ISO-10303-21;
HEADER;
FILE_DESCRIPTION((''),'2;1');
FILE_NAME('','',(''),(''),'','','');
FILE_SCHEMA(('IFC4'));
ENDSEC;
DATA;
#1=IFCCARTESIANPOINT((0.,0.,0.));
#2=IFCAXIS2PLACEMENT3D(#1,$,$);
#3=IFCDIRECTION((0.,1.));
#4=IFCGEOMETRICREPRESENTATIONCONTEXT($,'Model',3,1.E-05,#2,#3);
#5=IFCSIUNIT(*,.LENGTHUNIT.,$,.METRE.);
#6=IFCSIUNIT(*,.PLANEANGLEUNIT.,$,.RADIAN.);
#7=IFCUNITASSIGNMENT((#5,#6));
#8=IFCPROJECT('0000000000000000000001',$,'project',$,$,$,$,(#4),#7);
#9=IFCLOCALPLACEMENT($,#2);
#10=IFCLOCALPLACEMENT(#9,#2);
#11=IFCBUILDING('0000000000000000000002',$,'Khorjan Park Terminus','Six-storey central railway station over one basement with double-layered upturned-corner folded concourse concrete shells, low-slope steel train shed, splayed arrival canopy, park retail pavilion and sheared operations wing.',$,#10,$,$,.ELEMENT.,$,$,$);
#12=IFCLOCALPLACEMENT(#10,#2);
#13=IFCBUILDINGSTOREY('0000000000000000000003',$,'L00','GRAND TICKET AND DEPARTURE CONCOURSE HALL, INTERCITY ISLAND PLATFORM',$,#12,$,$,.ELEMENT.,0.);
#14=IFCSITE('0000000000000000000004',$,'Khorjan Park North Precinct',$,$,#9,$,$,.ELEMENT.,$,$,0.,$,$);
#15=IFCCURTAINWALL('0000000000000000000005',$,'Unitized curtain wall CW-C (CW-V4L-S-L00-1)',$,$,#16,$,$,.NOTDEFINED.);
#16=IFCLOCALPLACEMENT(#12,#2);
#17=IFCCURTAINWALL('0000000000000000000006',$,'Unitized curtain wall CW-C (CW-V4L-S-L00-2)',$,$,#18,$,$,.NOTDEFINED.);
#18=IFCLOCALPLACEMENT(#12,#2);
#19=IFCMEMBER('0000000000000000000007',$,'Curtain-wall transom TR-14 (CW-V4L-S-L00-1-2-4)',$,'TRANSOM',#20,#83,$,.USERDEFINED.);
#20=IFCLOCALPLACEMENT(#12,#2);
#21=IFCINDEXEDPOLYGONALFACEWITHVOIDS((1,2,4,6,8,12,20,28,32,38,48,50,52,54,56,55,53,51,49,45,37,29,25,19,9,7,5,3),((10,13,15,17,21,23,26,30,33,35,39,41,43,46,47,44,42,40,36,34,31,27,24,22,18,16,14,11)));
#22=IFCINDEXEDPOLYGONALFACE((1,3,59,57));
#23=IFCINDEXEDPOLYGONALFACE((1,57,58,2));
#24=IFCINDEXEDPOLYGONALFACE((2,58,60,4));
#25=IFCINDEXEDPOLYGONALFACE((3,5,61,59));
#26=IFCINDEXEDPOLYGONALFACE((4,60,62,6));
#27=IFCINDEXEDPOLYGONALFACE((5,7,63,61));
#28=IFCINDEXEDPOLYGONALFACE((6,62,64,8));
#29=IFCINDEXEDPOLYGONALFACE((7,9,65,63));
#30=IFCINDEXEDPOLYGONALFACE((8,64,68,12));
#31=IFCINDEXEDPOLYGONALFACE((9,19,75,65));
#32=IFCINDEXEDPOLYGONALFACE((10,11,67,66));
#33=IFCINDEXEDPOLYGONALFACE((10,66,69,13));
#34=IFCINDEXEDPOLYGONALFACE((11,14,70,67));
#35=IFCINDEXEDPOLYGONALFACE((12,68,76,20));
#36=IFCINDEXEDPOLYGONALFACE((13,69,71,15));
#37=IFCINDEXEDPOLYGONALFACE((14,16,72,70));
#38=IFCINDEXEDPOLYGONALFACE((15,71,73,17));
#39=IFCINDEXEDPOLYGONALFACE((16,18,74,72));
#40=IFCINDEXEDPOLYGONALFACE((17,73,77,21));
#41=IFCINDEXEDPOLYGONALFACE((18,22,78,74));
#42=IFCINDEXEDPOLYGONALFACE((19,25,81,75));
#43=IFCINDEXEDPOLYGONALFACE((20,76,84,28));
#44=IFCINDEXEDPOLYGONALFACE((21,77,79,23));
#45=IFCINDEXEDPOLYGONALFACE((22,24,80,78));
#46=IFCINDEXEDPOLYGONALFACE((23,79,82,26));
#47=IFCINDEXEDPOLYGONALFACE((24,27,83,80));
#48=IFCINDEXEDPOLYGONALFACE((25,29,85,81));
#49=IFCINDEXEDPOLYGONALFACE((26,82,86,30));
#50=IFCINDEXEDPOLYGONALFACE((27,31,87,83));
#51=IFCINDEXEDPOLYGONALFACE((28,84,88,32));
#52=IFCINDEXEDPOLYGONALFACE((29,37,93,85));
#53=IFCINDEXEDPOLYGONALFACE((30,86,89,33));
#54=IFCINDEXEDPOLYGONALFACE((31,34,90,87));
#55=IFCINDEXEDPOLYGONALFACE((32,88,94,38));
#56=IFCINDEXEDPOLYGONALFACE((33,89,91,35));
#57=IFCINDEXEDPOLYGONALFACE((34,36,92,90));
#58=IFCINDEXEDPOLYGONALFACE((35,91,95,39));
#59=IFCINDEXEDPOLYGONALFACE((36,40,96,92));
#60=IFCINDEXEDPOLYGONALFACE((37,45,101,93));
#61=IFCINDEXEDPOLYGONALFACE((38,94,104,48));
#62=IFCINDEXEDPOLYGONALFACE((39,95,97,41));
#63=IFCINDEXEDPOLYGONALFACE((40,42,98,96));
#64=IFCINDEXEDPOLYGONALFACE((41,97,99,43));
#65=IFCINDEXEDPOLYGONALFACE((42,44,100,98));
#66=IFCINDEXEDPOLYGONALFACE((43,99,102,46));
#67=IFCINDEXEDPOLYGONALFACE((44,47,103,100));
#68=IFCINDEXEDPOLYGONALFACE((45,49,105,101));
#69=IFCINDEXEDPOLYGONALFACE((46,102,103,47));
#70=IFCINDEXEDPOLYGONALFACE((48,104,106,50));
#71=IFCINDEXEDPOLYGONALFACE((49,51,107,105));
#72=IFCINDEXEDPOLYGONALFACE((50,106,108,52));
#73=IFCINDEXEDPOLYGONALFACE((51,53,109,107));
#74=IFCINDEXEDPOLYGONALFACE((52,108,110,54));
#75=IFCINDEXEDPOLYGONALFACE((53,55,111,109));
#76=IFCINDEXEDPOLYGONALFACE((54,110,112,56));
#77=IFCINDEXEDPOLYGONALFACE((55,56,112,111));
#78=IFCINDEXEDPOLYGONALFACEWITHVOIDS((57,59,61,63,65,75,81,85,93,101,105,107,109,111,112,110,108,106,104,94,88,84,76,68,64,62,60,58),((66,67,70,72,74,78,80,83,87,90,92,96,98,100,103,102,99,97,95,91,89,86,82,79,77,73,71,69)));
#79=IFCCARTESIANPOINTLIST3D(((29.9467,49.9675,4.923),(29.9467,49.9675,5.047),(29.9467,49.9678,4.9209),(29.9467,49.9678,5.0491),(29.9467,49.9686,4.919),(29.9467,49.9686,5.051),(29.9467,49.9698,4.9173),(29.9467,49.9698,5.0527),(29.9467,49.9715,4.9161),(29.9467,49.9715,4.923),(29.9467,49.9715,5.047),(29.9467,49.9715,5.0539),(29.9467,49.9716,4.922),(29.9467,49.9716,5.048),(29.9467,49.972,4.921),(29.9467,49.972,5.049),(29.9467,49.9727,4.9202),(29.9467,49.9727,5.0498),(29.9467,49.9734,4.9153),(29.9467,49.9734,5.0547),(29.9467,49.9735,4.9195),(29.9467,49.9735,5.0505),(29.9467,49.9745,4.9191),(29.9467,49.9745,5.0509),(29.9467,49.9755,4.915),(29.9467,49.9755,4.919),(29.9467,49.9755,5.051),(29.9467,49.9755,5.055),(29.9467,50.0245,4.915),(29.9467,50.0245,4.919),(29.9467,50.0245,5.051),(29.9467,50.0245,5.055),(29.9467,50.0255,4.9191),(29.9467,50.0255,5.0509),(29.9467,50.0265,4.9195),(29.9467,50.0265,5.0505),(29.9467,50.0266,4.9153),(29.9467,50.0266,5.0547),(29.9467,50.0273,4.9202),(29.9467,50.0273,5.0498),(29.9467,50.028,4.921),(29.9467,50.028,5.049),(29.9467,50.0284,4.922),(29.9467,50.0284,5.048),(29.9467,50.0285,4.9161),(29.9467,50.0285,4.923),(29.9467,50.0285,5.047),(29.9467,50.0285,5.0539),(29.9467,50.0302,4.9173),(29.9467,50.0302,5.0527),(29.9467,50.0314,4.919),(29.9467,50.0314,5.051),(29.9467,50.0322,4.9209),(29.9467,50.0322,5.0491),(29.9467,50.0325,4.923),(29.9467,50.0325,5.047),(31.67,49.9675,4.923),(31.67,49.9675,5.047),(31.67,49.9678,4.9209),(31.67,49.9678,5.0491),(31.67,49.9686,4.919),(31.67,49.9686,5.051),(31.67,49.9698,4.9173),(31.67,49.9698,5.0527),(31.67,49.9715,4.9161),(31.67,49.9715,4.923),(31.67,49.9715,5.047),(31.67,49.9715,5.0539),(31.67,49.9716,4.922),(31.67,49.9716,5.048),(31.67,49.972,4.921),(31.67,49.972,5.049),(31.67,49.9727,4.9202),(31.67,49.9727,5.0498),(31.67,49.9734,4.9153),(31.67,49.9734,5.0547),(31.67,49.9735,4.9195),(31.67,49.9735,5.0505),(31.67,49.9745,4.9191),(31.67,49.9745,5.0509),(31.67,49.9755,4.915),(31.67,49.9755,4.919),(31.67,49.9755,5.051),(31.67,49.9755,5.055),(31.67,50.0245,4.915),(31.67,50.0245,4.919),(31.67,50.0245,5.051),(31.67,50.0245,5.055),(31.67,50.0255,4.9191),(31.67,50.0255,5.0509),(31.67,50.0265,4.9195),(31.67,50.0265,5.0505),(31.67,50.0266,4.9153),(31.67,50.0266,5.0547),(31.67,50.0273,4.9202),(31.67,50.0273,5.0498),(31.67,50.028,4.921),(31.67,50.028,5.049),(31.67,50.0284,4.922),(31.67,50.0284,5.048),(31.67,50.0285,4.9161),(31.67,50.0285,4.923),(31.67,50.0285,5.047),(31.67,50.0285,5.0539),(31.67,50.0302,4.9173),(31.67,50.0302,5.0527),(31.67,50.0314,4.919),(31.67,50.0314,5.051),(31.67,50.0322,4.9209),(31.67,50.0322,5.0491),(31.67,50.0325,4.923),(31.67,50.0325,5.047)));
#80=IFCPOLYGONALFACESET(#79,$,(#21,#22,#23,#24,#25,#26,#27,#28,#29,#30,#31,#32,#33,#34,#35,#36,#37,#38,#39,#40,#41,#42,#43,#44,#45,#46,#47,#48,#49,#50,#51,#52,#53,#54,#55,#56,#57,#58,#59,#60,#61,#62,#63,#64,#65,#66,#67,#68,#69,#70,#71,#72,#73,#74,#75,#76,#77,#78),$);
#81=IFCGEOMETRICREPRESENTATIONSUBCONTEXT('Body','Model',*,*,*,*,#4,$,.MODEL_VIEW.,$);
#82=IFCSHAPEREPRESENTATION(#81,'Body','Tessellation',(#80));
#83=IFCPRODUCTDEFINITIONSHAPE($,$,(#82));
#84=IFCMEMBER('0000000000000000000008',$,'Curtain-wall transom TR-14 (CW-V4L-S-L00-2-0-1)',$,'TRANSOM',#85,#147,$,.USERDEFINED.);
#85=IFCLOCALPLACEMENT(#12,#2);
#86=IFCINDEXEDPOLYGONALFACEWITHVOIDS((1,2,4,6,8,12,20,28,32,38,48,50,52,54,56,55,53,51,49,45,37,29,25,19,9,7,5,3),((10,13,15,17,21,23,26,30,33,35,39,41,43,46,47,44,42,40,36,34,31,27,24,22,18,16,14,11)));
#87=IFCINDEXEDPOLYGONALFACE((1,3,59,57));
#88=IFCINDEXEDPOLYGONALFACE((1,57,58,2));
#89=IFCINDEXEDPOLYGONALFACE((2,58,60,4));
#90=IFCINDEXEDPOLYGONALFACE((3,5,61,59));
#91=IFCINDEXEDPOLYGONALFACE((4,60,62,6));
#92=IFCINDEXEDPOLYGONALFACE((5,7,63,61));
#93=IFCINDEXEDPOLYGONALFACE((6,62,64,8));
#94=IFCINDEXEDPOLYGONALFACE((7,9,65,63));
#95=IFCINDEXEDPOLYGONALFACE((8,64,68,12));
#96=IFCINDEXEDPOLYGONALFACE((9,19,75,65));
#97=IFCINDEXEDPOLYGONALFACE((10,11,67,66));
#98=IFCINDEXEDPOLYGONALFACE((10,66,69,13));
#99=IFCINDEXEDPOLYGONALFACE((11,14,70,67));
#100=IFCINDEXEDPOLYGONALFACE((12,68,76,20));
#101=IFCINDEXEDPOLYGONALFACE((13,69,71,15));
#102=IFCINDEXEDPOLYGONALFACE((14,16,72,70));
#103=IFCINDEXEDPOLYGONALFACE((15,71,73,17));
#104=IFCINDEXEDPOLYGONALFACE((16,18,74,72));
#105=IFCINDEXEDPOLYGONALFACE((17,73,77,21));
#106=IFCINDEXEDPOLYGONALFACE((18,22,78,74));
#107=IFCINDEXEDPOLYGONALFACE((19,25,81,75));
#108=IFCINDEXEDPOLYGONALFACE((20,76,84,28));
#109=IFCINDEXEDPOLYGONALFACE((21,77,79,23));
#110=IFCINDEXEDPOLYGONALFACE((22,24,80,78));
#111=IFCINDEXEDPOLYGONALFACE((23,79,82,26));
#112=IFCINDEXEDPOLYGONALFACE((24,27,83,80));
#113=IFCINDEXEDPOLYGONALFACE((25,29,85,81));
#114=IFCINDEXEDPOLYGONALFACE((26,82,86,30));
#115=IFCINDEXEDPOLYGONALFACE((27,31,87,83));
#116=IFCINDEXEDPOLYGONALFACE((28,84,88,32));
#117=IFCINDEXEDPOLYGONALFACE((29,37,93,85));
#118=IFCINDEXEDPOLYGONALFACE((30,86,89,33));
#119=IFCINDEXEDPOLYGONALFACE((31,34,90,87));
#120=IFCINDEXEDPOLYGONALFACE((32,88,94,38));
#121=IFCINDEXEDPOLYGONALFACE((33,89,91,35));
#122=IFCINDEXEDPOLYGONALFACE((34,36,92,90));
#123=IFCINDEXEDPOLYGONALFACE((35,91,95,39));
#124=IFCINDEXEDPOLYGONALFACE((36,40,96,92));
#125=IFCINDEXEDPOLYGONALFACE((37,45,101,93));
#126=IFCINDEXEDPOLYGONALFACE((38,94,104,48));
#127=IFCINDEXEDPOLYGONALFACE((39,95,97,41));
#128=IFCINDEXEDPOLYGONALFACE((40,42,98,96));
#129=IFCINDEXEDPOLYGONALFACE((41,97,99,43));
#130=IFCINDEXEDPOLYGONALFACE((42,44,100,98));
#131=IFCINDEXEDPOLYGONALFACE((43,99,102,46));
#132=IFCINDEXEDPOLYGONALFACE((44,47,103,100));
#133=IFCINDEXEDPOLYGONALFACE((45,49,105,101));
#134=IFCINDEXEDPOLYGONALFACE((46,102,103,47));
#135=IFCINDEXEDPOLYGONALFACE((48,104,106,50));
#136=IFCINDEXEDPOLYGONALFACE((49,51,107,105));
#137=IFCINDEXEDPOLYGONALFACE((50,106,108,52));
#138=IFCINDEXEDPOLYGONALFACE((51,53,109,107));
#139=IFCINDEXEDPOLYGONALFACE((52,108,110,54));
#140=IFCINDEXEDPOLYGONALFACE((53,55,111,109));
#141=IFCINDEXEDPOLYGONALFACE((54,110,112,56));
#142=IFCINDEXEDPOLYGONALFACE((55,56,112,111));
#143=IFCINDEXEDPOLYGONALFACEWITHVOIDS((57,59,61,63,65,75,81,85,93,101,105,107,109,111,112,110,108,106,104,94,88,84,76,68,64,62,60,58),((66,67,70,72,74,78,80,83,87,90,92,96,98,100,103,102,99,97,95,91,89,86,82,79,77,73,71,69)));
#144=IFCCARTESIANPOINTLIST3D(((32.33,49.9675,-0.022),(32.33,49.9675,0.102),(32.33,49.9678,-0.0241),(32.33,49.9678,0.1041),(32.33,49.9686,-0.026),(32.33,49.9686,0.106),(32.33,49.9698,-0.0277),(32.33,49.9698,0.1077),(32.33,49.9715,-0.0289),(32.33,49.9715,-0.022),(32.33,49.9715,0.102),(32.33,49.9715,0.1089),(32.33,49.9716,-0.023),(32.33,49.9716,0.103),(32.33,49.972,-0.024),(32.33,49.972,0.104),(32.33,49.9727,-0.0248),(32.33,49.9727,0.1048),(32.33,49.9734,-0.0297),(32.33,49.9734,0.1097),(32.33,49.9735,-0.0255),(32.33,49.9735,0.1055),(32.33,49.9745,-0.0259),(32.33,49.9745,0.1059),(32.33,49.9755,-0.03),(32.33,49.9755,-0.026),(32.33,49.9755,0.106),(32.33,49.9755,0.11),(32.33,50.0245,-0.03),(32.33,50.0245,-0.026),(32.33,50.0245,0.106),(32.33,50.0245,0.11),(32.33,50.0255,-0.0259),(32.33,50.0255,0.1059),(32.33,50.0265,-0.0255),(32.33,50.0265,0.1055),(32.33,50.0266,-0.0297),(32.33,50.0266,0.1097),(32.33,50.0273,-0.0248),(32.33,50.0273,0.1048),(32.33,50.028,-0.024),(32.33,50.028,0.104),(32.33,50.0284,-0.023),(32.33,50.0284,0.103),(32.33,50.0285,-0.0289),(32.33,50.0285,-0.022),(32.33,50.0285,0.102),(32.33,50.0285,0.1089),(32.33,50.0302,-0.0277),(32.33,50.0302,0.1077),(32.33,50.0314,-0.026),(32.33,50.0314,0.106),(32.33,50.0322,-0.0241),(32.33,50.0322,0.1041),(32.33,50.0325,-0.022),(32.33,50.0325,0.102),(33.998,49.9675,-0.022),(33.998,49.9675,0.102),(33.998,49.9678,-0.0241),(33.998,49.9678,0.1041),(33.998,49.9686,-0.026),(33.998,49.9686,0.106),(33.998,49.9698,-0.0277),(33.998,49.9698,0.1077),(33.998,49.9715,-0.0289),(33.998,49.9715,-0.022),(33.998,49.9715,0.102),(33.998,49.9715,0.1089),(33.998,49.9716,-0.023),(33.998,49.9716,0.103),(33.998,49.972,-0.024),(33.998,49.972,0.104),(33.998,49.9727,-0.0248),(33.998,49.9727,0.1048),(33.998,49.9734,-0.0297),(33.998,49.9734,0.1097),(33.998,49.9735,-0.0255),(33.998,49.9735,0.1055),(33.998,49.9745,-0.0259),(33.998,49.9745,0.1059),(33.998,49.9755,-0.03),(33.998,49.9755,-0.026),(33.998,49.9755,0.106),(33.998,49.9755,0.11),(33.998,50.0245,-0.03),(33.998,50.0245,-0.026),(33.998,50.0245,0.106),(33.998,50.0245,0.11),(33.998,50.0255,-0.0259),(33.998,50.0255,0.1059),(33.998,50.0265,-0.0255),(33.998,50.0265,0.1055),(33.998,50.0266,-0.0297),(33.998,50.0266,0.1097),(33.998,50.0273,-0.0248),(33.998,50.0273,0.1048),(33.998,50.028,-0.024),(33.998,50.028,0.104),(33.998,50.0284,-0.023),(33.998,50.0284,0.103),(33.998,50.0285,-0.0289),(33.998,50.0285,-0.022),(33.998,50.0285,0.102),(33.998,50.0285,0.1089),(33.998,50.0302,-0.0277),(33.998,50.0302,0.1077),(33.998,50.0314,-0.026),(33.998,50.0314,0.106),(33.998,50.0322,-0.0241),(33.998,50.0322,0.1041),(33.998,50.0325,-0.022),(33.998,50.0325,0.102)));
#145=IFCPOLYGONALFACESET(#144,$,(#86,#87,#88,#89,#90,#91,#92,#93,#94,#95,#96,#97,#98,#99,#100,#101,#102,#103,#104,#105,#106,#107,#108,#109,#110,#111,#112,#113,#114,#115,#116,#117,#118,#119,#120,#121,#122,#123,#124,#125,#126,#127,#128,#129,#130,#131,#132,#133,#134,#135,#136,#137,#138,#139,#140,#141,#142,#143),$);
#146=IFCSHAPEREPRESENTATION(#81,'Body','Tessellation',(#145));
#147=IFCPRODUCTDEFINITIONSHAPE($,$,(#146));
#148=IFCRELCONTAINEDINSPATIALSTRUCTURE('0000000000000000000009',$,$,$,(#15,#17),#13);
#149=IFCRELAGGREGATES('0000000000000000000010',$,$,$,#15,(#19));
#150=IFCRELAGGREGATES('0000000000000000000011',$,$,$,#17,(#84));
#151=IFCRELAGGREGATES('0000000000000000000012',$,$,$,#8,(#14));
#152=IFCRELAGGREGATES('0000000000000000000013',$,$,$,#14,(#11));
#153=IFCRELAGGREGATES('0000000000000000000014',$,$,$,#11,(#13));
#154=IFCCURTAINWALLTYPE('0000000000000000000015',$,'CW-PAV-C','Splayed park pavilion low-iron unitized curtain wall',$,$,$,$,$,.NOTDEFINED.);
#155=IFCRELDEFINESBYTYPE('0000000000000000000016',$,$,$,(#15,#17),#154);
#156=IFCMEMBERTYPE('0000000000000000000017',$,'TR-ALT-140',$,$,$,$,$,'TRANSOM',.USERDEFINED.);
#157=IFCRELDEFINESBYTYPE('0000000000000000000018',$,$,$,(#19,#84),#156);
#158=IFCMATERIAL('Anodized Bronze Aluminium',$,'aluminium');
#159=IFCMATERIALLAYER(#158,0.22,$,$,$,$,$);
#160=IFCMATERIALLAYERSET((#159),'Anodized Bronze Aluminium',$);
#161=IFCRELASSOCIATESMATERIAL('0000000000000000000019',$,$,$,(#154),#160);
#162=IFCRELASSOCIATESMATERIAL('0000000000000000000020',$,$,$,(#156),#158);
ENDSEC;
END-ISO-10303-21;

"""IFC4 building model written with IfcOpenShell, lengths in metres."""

from ifc_helpers import new_model, si_unit, direction, frame, origin, origin_2d, place, context, subcontext, project, spatial, hollow_rectangle, extrude, material, layer, layer_set, material_profile, profile_set, type_object, element, aggregate, save


model = new_model("IFC4")

# Units and contexts
model_context = context("Model", 3, precision=1e-05, world=origin(), true_north=direction((0.0, 1.0)))
body_context = subcontext(model_context, "Body", "Model", "MODEL_VIEW")
ifc_project = project(units=[si_unit("LENGTHUNIT", "METRE"), si_unit("PLANEANGLEUNIT", "RADIAN")], contexts=[model_context])

# Site, building, storey
site_placement = place(None, origin())
site = spatial("IfcSite", under=ifc_project, at=site_placement, Name="Khorjan Park North Precinct", CompositionType="ELEMENT", RefElevation=0.0)
building_placement = place(site_placement, origin())
building = spatial("IfcBuilding", under=site, at=building_placement, Name="Khorjan Park Terminus", Description="Six-storey central railway station over one basement with double-layered upturned-corner folded concourse concrete shells, low-slope steel train shed, splayed arrival canopy, park retail pavilion and sheared operations wing.", CompositionType="ELEMENT")
storey_placement = place(building_placement, origin())
storey = spatial("IfcBuildingStorey", under=building, at=storey_placement, Name="L00", Description="GRAND TICKET AND DEPARTURE CONCOURSE HALL, INTERCITY ISLAND PLATFORM", CompositionType="ELEMENT", Elevation=0.0)

# Curtain wall
ifc_material_1 = material(Name="Anodized Bronze Aluminium", Category="aluminium")
ifc_layer_1 = layer(ifc_material_1, 0.22)
ifc_layer_set_1 = layer_set([ifc_layer_1], Name="Anodized Bronze Aluminium")
curtain_wall_type = type_object("IfcCurtainWallType", Name="CW-PAV-C", Description="Splayed park pavilion low-iron unitized curtain wall", PredefinedType="NOTDEFINED", material=ifc_layer_set_1)
curtain_wall_1_placement = place(storey_placement, origin())
curtain_wall_1 = element("IfcCurtainWall", 1, at=curtain_wall_1_placement, inside=storey, type_object=curtain_wall_type, Name="Unitized curtain wall CW-C (CW-V4L-S-L00-1)", PredefinedType="NOTDEFINED")

# Curtain wall
curtain_wall_2_placement = place(storey_placement, origin())
curtain_wall_2 = element("IfcCurtainWall", 2, at=curtain_wall_2_placement, inside=storey, type_object=curtain_wall_type, Name="Unitized curtain wall CW-C (CW-V4L-S-L00-2)", PredefinedType="NOTDEFINED")

# Members
ifc_material_profile_1 = material_profile(ifc_material_1, hollow_rectangle(XDim=0.065, YDim=0.14, WallThickness=0.004, InnerFilletRadius=0.004, OuterFilletRadius=0.008, at=origin_2d()), Name="ALT 65x140x4")
ifc_profile_set_1 = profile_set([ifc_material_profile_1], Name="Anodized Bronze Aluminium")
member_type_1 = type_object("IfcMemberType", Name="TR-ALT-140", ElementType="TRANSOM", PredefinedType="USERDEFINED", material=ifc_profile_set_1)
member_1_placement = place(storey_placement, frame((29.9467, 50.0, 4.985), z_axis=(1.0, 0.0, 0.0), x_axis=(0.0, 1.0, 0.0)))
member_1 = element("IfcMember", 3, at=member_1_placement, type_object=member_type_1, Name="Curtain-wall transom TR-14 (CW-V4L-S-L00-1-2-4)", ObjectType="TRANSOM", PredefinedType="USERDEFINED", context=body_context, shape_type="SweptSolid", body=[
    extrude(hollow_rectangle(XDim=0.065, YDim=0.14, WallThickness=0.004, InnerFilletRadius=0.004, OuterFilletRadius=0.008, at=origin_2d()), origin(), (0.0, 0.0, 1.0), 1.7233),
])
member_2_placement = place(storey_placement, frame((32.33, 50.0, 0.04), z_axis=(1.0, 0.0, 0.0), x_axis=(0.0, 1.0, 0.0)))
member_2 = element("IfcMember", 4, at=member_2_placement, type_object=member_type_1, Name="Curtain-wall transom TR-14 (CW-V4L-S-L00-2-0-1)", ObjectType="TRANSOM", PredefinedType="USERDEFINED", context=body_context, shape_type="SweptSolid", body=[
    extrude(hollow_rectangle(XDim=0.065, YDim=0.14, WallThickness=0.004, InnerFilletRadius=0.004, OuterFilletRadius=0.008, at=origin_2d()), origin(), (0.0, 0.0, 1.0), 1.668),
])

aggregate(curtain_wall_1, [member_1])
aggregate(curtain_wall_2, [member_2])

save(model, "model.ifc")
